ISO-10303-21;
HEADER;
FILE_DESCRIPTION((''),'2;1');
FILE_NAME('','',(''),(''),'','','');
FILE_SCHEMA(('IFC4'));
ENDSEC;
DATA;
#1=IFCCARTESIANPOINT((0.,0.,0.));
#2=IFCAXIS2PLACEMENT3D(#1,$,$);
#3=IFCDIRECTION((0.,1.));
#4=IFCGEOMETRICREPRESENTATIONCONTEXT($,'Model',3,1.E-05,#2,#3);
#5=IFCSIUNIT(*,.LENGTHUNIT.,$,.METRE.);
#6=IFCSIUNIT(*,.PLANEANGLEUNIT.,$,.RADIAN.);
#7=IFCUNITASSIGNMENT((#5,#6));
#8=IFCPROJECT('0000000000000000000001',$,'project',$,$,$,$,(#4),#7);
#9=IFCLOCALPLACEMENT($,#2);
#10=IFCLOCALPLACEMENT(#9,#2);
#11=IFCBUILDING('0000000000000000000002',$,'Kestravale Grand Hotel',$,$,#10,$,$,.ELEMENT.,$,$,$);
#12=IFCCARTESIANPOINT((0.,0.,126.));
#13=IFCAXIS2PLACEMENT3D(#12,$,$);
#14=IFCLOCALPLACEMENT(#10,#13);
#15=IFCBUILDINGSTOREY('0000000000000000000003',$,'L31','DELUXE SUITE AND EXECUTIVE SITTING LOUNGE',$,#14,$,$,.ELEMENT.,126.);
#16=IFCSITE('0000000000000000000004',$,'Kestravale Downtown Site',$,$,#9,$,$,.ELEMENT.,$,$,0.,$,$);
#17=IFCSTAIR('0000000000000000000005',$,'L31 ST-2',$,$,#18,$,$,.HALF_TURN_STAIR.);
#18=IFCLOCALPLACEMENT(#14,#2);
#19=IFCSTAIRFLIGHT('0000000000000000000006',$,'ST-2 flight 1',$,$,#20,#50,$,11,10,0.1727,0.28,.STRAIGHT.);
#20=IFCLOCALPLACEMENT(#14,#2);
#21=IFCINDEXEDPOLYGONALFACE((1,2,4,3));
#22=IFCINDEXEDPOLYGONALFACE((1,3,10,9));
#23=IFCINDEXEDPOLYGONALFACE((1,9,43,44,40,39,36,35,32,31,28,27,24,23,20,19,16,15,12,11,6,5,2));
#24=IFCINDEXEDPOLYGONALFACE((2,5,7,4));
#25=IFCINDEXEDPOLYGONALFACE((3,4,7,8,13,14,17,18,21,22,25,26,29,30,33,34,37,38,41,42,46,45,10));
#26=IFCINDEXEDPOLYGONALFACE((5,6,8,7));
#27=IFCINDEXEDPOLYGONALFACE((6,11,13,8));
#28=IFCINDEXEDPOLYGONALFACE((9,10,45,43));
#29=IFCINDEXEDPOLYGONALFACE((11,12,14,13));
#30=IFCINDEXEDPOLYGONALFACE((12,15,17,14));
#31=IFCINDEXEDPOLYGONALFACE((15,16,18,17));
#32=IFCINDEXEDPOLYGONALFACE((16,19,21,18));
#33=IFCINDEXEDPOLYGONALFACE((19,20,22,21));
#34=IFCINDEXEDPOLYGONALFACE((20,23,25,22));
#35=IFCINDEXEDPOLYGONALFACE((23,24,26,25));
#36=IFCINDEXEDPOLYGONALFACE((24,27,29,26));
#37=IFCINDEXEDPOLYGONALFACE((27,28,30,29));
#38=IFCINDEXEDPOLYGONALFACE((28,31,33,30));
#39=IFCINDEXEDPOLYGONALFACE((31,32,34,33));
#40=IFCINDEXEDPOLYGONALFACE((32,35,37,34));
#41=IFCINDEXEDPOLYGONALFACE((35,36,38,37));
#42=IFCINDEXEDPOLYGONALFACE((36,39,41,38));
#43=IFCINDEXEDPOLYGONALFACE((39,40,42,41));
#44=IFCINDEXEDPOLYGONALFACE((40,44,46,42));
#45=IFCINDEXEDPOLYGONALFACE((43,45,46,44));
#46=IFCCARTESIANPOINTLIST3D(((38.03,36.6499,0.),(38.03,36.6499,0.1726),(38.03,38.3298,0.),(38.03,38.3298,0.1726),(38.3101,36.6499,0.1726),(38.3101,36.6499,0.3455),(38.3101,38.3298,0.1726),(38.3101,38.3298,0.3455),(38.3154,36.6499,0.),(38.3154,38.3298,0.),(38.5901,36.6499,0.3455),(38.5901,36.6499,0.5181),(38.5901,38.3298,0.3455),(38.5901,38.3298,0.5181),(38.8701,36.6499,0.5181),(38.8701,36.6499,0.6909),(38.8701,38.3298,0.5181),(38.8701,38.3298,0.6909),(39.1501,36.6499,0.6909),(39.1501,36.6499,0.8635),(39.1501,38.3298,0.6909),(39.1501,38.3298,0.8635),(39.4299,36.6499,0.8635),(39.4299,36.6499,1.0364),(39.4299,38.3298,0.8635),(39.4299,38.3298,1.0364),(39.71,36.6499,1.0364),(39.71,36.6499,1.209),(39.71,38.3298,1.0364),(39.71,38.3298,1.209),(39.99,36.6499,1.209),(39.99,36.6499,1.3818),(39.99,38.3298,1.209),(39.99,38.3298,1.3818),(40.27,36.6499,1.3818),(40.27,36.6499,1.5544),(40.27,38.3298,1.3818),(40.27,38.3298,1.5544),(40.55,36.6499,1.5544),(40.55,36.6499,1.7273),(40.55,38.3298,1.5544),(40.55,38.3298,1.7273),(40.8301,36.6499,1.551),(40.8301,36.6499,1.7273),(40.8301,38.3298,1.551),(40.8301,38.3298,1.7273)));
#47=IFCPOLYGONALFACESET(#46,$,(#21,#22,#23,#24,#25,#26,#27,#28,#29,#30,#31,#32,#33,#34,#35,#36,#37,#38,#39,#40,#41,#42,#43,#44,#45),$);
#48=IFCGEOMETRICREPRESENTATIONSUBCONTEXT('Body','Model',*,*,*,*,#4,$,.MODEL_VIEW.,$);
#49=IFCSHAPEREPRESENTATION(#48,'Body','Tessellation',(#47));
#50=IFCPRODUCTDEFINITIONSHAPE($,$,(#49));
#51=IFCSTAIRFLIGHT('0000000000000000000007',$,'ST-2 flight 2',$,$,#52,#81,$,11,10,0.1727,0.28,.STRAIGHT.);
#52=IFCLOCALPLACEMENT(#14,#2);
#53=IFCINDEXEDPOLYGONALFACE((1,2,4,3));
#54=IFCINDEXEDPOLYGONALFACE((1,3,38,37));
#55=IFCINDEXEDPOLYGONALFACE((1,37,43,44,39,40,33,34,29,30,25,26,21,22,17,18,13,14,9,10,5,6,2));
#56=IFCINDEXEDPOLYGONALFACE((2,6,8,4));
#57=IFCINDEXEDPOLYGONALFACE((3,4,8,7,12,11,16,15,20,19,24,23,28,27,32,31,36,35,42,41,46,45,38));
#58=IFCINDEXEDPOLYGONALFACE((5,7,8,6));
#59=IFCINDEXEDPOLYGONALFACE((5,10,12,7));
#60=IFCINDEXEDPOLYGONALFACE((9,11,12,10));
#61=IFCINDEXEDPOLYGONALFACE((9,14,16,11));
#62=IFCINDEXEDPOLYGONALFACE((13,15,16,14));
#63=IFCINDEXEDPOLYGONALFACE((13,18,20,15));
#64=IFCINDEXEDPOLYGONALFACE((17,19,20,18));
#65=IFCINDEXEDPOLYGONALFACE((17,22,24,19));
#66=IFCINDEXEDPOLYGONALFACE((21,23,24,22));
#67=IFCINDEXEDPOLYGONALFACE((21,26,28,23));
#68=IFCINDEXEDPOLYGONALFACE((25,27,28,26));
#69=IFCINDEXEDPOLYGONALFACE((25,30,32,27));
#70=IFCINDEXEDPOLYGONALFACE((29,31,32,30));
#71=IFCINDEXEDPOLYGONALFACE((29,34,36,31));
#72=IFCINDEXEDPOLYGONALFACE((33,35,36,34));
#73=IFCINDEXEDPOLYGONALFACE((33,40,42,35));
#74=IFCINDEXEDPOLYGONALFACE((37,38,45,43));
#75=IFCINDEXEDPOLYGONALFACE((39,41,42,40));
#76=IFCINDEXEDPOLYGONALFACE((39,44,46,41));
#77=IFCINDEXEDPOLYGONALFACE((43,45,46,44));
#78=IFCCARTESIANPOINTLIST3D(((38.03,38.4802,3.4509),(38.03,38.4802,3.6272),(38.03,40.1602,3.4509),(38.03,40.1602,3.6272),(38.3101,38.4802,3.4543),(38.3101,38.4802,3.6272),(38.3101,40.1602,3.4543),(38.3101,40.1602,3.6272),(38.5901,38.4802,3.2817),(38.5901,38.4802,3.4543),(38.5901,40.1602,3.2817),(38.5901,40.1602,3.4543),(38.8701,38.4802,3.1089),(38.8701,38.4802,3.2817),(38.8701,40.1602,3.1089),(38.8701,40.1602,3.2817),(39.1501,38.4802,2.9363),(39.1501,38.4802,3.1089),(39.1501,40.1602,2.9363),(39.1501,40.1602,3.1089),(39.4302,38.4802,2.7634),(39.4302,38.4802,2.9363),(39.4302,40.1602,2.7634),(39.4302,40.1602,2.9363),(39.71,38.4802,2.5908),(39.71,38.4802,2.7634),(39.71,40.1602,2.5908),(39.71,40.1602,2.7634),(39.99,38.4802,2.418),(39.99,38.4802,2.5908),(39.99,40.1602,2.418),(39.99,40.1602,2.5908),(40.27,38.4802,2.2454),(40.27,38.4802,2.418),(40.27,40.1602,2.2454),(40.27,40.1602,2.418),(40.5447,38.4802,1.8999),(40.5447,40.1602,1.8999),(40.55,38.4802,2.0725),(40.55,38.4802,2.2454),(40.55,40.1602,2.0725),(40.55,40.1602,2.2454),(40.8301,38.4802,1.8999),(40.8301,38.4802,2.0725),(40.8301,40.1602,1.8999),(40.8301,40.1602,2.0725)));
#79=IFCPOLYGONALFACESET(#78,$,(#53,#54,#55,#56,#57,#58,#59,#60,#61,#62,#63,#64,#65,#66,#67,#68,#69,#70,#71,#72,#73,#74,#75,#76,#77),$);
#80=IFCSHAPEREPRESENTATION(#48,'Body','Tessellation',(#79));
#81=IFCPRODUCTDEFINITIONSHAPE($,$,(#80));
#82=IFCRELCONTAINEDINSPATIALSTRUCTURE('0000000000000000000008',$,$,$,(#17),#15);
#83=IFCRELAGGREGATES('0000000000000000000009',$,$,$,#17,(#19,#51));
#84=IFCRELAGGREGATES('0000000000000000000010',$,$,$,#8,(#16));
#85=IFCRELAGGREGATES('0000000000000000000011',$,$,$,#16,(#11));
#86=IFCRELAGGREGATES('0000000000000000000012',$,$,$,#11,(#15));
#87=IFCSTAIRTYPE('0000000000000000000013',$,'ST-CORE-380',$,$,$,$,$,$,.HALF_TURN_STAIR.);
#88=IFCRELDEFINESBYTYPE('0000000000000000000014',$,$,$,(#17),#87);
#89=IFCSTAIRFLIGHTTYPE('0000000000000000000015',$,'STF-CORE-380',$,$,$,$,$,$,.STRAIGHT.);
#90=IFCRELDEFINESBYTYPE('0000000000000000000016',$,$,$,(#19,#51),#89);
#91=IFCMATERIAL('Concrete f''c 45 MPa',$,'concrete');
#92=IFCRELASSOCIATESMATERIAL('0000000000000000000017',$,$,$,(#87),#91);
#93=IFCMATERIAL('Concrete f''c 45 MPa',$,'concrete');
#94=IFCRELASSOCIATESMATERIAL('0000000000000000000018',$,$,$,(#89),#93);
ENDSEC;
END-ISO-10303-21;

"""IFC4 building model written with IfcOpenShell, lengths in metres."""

from ifc_helpers import new_model, si_unit, direction, frame, origin, place, context, subcontext, project, spatial, polyline, outline, extrude, material, type_object, element, aggregate, save


model = new_model("IFC4")

# Units and contexts
model_context = context("Model", 3, precision=1e-05, world=origin(), true_north=direction((0.0, 1.0)))
body_context = subcontext(model_context, "Body", "Model", "MODEL_VIEW")
ifc_project = project(units=[si_unit("LENGTHUNIT", "METRE"), si_unit("PLANEANGLEUNIT", "RADIAN")], contexts=[model_context])

# Site, building, storey
site_placement = place(None, origin())
site = spatial("IfcSite", under=ifc_project, at=site_placement, Name="Kestravale Downtown Site", CompositionType="ELEMENT", RefElevation=0.0)
building_placement = place(site_placement, origin())
building = spatial("IfcBuilding", under=site, at=building_placement, Name="Kestravale Grand Hotel", CompositionType="ELEMENT")
storey_placement = place(building_placement, frame((0.0, 0.0, 126.0)))
storey = spatial("IfcBuildingStorey", under=building, at=storey_placement, Name="L31", Description="DELUXE SUITE AND EXECUTIVE SITTING LOUNGE", CompositionType="ELEMENT", Elevation=126.0)

# Stair, stair flights
ifc_material_1 = material(Name="Concrete f'c 45 MPa", Category="concrete")
stair_type = type_object("IfcStairType", Name="ST-CORE-380", PredefinedType="HALF_TURN_STAIR", material=ifc_material_1)
stair_placement = place(storey_placement, origin())
stair = element("IfcStair", 1, at=stair_placement, inside=storey, type_object=stair_type, Name="L31 ST-2", PredefinedType="HALF_TURN_STAIR")
ifc_material_2 = material(Name="Concrete f'c 45 MPa", Category="concrete")
stair_flight_type = type_object("IfcStairFlightType", Name="STF-CORE-380", PredefinedType="STRAIGHT", material=ifc_material_2)
stair_flight_1_placement = place(storey_placement, frame((38.03, 37.49, 0.0), z_axis=(0.0, 0.0, 1.0), x_axis=(1.0, 0.0, 0.0)))
stair_flight_1 = element("IfcStairFlight", 2, at=stair_flight_1_placement, type_object=stair_flight_type, Name="ST-2 flight 1", NumberOfRisers=11, NumberOfTreads=10, PredefinedType="STRAIGHT", RiserHeight=0.1727, TreadLength=0.28, context=body_context, shape_type="SweptSolid", body=[
    extrude(outline(polyline([(0.0, 0.0), (0.0, 0.1726), (0.28, 0.1726), (0.28, 0.3455), (0.5601, 0.3455), (0.5601, 0.5181), (0.8401, 0.5181), (0.8401, 0.6909), (1.1201, 0.6909), (1.1201, 0.8635), (1.3999, 0.8635), (1.3999, 1.0364), (1.6799, 1.0364), (1.6799, 1.209), (1.96, 1.209), (1.96, 1.3818), (2.24, 1.3818), (2.24, 1.5544), (2.52, 1.5544), (2.52, 1.7273), (2.8, 1.7273), (2.8, 1.8999), (2.8, 1.551), (0.2854, 0.0), (0.0, 0.0)])), frame((0.0, 0.8398, 0.0), z_axis=(0.0, -1.0, 0.0), x_axis=(1.0, 0.0, 0.0)), (0.0, 0.0, 1.0), 1.6799),
])
stair_flight_2_placement = place(storey_placement, frame((40.8301, 39.3201, 1.8999), z_axis=(0.0, 0.0, 1.0), x_axis=(-1.0, 0.0, 0.0)))
stair_flight_2 = element("IfcStairFlight", 3, at=stair_flight_2_placement, type_object=stair_flight_type, Name="ST-2 flight 2", NumberOfRisers=11, NumberOfTreads=10, PredefinedType="STRAIGHT", RiserHeight=0.1727, TreadLength=0.28, context=body_context, shape_type="SweptSolid", body=[
    extrude(outline(polyline([(0.0, 0.0), (0.0, 0.1726), (0.28, 0.1726), (0.28, 0.3455), (0.5601, 0.3455), (0.5601, 0.5181), (0.8401, 0.5181), (0.8401, 0.6909), (1.1201, 0.6909), (1.1201, 0.8635), (1.3999, 0.8635), (1.3999, 1.0364), (1.6799, 1.0364), (1.6799, 1.209), (1.96, 1.209), (1.96, 1.3818), (2.24, 1.3818), (2.24, 1.5544), (2.52, 1.5544), (2.52, 1.7273), (2.8, 1.7273), (2.8, 1.8999), (2.8, 1.551), (0.2854, 0.0), (0.0, 0.0)])), frame((0.0, 0.8398, 0.0), z_axis=(0.0, -1.0, 0.0), x_axis=(1.0, 0.0, 0.0)), (0.0, 0.0, 1.0), 1.6799),
])
aggregate(stair, [stair_flight_1, stair_flight_2])

save(model, "model.ifc")
